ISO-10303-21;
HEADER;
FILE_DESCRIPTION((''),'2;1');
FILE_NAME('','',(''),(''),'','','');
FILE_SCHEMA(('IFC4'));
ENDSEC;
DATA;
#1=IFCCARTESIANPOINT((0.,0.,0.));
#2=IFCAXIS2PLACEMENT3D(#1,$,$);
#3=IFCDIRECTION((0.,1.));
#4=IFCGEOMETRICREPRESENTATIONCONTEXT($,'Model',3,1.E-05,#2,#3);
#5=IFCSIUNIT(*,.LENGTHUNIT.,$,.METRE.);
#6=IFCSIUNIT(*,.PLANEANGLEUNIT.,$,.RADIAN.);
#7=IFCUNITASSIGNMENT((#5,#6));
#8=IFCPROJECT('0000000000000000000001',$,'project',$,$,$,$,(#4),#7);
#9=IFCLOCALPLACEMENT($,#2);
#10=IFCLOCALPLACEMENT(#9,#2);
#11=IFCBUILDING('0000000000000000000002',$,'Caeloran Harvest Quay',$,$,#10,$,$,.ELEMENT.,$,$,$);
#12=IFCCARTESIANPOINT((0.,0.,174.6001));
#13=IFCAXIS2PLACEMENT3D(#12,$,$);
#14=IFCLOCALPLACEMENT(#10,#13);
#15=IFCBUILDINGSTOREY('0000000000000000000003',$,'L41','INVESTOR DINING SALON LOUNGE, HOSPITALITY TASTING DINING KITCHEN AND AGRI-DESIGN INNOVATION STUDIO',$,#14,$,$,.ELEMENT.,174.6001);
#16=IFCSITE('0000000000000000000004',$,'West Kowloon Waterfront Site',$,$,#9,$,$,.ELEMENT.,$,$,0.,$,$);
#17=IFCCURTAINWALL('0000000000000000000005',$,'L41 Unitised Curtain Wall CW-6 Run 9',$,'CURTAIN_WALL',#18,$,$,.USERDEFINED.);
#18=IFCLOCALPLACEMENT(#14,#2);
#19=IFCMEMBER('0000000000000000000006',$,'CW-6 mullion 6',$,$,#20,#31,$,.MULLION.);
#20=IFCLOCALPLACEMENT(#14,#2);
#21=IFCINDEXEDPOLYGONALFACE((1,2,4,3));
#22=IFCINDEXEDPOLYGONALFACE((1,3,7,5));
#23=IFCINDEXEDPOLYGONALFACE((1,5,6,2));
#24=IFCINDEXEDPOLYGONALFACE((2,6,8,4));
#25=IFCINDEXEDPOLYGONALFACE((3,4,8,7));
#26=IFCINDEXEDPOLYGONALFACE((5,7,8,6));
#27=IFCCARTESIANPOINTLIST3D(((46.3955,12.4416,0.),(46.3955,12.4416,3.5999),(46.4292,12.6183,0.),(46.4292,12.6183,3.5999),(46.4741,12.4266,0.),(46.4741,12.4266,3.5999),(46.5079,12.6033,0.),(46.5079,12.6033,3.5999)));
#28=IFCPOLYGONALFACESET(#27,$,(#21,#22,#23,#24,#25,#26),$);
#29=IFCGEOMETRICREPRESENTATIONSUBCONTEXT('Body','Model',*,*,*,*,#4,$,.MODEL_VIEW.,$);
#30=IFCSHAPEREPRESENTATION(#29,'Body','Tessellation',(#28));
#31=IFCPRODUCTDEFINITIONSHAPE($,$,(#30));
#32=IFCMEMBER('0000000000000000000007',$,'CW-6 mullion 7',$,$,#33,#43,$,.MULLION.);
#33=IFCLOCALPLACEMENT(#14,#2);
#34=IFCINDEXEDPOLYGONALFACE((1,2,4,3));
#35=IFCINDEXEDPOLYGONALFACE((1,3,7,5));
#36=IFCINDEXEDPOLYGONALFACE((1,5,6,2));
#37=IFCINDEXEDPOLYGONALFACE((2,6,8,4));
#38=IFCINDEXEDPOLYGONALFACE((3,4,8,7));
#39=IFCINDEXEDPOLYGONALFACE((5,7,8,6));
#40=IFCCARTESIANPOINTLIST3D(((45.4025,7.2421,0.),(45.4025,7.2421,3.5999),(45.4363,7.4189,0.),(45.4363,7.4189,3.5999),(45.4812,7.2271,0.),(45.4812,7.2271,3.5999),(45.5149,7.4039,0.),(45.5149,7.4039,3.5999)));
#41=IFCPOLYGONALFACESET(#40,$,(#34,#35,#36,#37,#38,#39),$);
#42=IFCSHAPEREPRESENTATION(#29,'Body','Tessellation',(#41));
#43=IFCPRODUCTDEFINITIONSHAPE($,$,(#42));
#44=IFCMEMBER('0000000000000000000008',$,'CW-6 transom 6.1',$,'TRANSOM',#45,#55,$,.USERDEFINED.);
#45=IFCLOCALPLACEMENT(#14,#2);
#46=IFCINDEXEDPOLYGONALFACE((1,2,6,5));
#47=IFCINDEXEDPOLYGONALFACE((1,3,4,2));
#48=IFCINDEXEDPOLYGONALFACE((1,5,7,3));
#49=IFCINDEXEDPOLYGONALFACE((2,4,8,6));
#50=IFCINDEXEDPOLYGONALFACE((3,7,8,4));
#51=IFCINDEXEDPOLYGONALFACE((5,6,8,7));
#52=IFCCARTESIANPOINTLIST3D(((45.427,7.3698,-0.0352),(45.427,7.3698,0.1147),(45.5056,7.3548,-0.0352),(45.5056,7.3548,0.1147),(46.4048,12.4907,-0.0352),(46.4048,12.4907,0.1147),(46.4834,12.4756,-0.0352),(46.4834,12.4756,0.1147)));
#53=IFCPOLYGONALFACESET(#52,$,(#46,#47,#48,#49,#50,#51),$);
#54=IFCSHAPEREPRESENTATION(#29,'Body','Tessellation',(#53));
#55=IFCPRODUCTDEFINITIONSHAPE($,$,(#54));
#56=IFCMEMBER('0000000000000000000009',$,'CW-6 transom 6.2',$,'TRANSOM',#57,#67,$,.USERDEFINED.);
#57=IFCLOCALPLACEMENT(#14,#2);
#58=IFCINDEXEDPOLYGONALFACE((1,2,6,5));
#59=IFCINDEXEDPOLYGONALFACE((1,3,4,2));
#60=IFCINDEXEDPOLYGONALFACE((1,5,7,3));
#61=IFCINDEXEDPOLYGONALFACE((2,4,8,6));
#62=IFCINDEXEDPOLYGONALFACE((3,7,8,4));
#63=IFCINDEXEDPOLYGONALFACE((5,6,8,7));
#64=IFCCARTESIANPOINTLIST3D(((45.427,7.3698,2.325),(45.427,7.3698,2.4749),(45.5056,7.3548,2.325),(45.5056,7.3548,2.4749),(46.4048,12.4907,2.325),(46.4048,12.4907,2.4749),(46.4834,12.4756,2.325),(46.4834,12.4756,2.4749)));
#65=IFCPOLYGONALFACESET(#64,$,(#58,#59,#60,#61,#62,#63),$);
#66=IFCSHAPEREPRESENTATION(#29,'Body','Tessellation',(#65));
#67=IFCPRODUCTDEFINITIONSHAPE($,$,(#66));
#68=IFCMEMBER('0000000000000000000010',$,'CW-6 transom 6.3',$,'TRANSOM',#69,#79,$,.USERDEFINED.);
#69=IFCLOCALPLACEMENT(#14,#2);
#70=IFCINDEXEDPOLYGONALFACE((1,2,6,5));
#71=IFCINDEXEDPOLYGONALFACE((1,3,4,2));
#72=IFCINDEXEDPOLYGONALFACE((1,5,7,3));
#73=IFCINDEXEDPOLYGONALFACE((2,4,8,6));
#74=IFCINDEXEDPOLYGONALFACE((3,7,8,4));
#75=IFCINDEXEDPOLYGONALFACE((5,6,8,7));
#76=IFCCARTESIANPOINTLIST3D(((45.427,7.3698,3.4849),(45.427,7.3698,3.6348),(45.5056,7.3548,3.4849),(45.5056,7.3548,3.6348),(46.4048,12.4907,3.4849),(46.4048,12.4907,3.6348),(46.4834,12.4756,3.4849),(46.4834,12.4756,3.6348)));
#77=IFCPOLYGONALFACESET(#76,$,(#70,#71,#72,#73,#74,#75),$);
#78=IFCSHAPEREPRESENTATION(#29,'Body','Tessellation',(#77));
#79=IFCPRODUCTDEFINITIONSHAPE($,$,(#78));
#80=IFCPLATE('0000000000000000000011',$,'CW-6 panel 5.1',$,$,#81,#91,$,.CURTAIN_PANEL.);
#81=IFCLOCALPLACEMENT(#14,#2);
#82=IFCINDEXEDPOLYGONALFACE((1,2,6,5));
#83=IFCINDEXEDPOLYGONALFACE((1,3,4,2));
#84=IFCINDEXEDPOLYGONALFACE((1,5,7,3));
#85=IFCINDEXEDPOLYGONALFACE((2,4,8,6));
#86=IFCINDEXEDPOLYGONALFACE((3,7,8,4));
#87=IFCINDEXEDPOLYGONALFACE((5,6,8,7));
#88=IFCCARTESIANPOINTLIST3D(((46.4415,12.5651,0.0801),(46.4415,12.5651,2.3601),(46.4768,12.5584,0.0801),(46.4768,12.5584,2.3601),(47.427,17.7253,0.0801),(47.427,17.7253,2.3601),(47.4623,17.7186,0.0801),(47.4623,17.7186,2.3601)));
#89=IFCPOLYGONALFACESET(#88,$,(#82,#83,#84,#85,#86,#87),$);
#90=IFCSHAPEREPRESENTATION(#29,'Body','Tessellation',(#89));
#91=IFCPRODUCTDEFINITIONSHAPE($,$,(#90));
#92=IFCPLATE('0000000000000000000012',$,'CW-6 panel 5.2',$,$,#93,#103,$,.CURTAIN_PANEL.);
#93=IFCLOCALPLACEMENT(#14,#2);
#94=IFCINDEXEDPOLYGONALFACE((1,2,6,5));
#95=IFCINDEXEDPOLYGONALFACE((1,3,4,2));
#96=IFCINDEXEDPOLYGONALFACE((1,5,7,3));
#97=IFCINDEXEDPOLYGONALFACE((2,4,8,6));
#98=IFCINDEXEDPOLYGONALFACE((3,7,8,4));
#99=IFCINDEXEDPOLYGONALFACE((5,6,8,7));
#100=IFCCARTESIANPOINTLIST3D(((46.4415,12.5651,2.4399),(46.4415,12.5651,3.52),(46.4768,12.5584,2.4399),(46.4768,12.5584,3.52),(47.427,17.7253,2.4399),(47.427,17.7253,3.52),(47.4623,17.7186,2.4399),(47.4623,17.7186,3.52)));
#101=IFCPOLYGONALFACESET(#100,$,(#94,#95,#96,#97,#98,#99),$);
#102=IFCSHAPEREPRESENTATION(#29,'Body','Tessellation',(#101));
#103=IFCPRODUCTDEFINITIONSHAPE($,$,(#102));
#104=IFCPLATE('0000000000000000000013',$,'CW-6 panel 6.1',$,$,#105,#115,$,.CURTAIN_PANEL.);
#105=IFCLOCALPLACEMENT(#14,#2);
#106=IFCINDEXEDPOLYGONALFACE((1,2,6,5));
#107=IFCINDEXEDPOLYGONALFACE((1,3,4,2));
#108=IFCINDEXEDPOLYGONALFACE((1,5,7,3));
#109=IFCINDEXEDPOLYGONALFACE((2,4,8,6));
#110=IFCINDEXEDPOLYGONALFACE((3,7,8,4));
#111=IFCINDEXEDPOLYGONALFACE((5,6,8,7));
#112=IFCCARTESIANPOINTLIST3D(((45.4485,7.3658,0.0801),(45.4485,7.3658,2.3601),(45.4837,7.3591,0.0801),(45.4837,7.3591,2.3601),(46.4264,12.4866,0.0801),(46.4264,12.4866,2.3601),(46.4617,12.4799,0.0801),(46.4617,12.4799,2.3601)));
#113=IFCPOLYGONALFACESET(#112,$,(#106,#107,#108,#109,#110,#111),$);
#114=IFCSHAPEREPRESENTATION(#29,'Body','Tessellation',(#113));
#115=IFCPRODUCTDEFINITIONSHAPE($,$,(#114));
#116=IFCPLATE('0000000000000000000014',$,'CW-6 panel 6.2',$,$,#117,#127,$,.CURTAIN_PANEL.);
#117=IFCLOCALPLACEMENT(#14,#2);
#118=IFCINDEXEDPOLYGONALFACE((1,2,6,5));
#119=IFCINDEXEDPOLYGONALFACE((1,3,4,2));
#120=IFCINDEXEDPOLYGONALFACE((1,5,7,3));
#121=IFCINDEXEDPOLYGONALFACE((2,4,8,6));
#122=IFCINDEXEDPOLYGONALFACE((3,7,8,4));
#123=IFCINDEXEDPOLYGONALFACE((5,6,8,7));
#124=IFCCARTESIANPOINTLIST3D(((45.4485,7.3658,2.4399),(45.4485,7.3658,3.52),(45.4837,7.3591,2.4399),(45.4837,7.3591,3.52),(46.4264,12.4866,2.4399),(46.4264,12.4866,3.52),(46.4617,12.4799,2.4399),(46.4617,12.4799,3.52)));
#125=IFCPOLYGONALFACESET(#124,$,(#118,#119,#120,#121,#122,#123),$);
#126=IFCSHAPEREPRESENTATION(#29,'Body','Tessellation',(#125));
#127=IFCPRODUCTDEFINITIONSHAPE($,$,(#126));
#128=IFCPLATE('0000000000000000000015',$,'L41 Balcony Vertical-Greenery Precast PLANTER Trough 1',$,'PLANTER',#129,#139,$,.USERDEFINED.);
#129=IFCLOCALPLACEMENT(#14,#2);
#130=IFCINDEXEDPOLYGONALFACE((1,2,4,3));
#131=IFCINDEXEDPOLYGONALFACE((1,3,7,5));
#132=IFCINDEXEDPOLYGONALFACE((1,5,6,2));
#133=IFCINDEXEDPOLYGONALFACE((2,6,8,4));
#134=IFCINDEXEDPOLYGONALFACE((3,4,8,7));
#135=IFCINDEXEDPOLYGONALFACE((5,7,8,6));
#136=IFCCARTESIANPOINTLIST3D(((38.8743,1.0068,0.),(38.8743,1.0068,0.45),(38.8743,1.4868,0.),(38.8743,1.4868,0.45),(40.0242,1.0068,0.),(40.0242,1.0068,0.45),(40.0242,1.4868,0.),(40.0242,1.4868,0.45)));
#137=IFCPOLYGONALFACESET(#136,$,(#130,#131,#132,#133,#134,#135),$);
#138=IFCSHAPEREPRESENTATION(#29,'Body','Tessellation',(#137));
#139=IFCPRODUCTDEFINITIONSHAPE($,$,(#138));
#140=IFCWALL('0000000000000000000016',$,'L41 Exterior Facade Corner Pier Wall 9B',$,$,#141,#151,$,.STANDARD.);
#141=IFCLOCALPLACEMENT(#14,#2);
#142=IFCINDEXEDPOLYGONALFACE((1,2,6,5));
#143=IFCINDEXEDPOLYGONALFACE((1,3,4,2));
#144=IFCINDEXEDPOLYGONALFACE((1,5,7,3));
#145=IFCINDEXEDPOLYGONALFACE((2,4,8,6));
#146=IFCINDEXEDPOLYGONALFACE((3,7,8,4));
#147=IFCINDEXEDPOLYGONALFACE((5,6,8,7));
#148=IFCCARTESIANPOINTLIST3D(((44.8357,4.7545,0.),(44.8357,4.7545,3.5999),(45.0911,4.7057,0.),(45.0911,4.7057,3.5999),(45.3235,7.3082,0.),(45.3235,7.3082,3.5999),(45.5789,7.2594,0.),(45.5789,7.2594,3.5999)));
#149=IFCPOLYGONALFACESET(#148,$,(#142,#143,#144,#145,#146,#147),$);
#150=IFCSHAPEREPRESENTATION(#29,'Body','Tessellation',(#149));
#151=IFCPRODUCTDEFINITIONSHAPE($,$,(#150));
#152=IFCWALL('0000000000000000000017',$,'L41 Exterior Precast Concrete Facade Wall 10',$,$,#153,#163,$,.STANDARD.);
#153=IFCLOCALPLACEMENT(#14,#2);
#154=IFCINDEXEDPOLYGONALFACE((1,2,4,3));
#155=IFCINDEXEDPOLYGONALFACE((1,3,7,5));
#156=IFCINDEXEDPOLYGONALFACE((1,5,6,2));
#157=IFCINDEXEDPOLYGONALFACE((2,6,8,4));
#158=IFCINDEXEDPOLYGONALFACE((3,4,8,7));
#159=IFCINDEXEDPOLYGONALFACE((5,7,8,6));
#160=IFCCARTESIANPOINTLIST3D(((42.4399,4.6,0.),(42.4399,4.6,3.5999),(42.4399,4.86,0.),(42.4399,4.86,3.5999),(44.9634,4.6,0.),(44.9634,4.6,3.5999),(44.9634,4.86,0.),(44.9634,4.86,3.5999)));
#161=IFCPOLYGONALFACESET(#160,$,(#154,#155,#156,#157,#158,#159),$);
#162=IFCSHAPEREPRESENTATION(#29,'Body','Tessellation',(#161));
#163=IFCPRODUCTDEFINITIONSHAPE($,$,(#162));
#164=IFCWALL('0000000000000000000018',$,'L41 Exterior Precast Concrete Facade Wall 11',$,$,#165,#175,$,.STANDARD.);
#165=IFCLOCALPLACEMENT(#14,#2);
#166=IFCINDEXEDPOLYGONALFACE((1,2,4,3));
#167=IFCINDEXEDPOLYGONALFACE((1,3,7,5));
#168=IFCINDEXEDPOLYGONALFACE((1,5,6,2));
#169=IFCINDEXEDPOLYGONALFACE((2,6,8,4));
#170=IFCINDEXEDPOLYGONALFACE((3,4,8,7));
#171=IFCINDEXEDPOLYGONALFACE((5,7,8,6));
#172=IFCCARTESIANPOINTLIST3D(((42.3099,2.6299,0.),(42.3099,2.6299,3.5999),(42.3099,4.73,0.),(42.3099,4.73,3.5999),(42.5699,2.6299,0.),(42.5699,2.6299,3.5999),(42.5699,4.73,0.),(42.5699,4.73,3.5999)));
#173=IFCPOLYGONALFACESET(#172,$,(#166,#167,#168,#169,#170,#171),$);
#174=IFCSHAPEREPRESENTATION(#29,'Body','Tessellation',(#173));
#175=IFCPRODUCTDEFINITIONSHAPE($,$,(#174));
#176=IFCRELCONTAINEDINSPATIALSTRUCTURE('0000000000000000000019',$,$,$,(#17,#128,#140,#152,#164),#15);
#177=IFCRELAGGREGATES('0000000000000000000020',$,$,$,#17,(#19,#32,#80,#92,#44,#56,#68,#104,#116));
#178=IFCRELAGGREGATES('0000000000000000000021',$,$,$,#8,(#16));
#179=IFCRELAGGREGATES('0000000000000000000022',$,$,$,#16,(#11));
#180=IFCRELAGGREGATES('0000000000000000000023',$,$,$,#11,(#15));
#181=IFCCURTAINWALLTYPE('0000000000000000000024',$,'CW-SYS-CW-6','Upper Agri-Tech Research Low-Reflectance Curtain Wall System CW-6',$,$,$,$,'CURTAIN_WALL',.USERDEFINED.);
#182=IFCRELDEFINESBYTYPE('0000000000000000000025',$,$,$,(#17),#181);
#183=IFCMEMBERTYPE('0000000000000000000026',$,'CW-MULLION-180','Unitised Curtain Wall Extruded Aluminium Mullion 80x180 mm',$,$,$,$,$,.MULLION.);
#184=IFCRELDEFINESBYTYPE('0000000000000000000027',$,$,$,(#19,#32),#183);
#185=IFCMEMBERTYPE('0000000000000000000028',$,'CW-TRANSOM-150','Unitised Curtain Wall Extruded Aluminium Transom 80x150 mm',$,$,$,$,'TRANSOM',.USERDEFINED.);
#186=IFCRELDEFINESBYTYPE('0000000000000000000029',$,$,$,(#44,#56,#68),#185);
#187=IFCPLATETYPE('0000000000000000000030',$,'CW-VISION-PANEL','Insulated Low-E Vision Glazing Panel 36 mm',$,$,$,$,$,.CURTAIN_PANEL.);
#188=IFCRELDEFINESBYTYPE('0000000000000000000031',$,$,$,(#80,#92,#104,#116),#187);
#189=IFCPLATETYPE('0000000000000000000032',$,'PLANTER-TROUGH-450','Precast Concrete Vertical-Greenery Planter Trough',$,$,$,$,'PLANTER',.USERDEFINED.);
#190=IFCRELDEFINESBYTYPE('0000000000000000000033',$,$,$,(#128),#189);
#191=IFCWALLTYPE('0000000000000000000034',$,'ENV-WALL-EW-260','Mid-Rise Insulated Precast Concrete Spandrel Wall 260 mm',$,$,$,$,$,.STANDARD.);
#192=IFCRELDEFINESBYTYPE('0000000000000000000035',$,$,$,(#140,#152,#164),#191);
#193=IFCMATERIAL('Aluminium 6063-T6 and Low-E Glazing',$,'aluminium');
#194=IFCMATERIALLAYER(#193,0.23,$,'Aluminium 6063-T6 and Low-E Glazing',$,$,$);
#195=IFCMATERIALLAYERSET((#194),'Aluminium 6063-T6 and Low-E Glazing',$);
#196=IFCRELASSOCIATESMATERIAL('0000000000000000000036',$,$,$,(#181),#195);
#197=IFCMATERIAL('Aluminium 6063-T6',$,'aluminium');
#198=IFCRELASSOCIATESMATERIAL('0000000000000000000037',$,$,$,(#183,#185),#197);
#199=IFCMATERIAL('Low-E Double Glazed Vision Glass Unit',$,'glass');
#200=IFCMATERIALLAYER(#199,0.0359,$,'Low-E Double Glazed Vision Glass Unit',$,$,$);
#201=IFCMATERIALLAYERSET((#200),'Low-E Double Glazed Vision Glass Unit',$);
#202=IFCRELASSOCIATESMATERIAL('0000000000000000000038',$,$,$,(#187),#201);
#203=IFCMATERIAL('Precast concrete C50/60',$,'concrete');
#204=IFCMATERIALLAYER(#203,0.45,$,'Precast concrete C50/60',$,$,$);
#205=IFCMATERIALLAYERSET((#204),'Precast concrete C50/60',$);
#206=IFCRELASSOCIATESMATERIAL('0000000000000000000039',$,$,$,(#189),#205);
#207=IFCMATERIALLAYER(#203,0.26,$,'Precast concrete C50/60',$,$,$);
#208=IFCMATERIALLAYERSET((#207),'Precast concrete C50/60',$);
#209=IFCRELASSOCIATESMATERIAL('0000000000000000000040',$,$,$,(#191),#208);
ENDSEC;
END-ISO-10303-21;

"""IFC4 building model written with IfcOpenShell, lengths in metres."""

from ifc_helpers import new_model, si_unit, direction, frame, frame_2d, origin, origin_2d, place, context, subcontext, project, spatial, rectangle, extrude, material, layer, layer_set, material_profile, profile_set, type_object, element, aggregate, save


model = new_model("IFC4")

# Units and contexts
model_context = context("Model", 3, precision=1e-05, world=origin(), true_north=direction((0.0, 1.0)))
body_context = subcontext(model_context, "Body", "Model", "MODEL_VIEW")
ifc_project = project(units=[si_unit("LENGTHUNIT", "METRE"), si_unit("PLANEANGLEUNIT", "RADIAN")], contexts=[model_context])

# Site, building, storey
site_placement = place(None, origin())
site = spatial("IfcSite", under=ifc_project, at=site_placement, Name="West Kowloon Waterfront Site", CompositionType="ELEMENT", RefElevation=0.0)
building_placement = place(site_placement, origin())
building = spatial("IfcBuilding", under=site, at=building_placement, Name="Caeloran Harvest Quay", CompositionType="ELEMENT")
storey_placement = place(building_placement, frame((0.0, 0.0, 174.6001)))
storey = spatial("IfcBuildingStorey", under=building, at=storey_placement, Name="L41", Description="INVESTOR DINING SALON LOUNGE, HOSPITALITY TASTING DINING KITCHEN AND AGRI-DESIGN INNOVATION STUDIO", CompositionType="ELEMENT", Elevation=174.6001)

# Curtain wall, members, plates
ifc_material_1 = material(Name="Aluminium 6063-T6 and Low-E Glazing", Category="aluminium")
ifc_layer_1 = layer(ifc_material_1, 0.23, Name="Aluminium 6063-T6 and Low-E Glazing")
ifc_layer_set_1 = layer_set([ifc_layer_1], Name="Aluminium 6063-T6 and Low-E Glazing")
curtain_wall_type = type_object("IfcCurtainWallType", Name="CW-SYS-CW-6", Description="Upper Agri-Tech Research Low-Reflectance Curtain Wall System CW-6", ElementType="CURTAIN_WALL", PredefinedType="USERDEFINED", material=ifc_layer_set_1)
curtain_wall_placement = place(storey_placement, origin())
curtain_wall = element("IfcCurtainWall", 1, at=curtain_wall_placement, inside=storey, type_object=curtain_wall_type, Name="L41 Unitised Curtain Wall CW-6 Run 9", ObjectType="CURTAIN_WALL", PredefinedType="USERDEFINED")
ifc_material_2 = material(Name="Aluminium 6063-T6", Category="aluminium")
ifc_material_profile_1 = material_profile(ifc_material_2, rectangle(XDim=0.0801, YDim=0.1799, at=origin_2d()), Name="CW-MULLION-180")
ifc_profile_set_1 = profile_set([ifc_material_profile_1], Name="Aluminium 6063-T6")
member_type_1 = type_object("IfcMemberType", Name="CW-MULLION-180", Description="Unitised Curtain Wall Extruded Aluminium Mullion 80x180 mm", PredefinedType="MULLION", material=ifc_profile_set_1)
member_1_placement = place(storey_placement, frame((46.4517, 12.5225, 0.0), z_axis=(0.0, 0.0, 1.0), x_axis=(0.982248, -0.187588, 0.0)))
member_1 = element("IfcMember", 2, at=member_1_placement, type_object=member_type_1, Name="CW-6 mullion 6", PredefinedType="MULLION", context=body_context, shape_type="SweptSolid", body=[
    extrude(rectangle(XDim=0.0801, YDim=0.1799, at=origin_2d()), origin(), (0.0, 0.0, 1.0), 3.5999),
])
member_2_placement = place(storey_placement, frame((45.4587, 7.323, 0.0), z_axis=(0.0, 0.0, 1.0), x_axis=(0.982248, -0.187588, 0.0)))
member_2 = element("IfcMember", 3, at=member_2_placement, type_object=member_type_1, Name="CW-6 mullion 7", PredefinedType="MULLION", context=body_context, shape_type="SweptSolid", body=[
    extrude(rectangle(XDim=0.0801, YDim=0.1799, at=origin_2d()), origin(), (0.0, 0.0, 1.0), 3.5999),
])
ifc_material_profile_2 = material_profile(ifc_material_2, rectangle(XDim=0.0801, YDim=0.1499, at=origin_2d()), Name="CW-TRANSOM-150")
ifc_profile_set_2 = profile_set([ifc_material_profile_2], Name="Aluminium 6063-T6")
member_type_2 = type_object("IfcMemberType", Name="CW-TRANSOM-150", Description="Unitised Curtain Wall Extruded Aluminium Transom 80x150 mm", ElementType="TRANSOM", PredefinedType="USERDEFINED", material=ifc_profile_set_2)
member_3_placement = place(storey_placement, frame((46.4441, 12.4832, 0.0398), z_axis=(-0.187553, -0.982254, 0.0), x_axis=(0.982254, -0.187553, 0.0)))
member_3 = element("IfcMember", 4, at=member_3_placement, type_object=member_type_2, Name="CW-6 transom 6.1", ObjectType="TRANSOM", PredefinedType="USERDEFINED", context=body_context, shape_type="SweptSolid", body=[
    extrude(rectangle(XDim=0.0801, YDim=0.1499, at=origin_2d()), origin(), (0.0, 0.0, 1.0), 5.2134),
])
member_4_placement = place(storey_placement, frame((46.4441, 12.4832, 2.3999), z_axis=(-0.187553, -0.982254, 0.0), x_axis=(0.982254, -0.187553, 0.0)))
member_4 = element("IfcMember", 5, at=member_4_placement, type_object=member_type_2, Name="CW-6 transom 6.2", ObjectType="TRANSOM", PredefinedType="USERDEFINED", context=body_context, shape_type="SweptSolid", body=[
    extrude(rectangle(XDim=0.0801, YDim=0.1499, at=origin_2d()), origin(), (0.0, 0.0, 1.0), 5.2134),
])
member_5_placement = place(storey_placement, frame((46.4441, 12.4832, 3.5598), z_axis=(-0.187553, -0.982254, 0.0), x_axis=(0.982254, -0.187553, 0.0)))
member_5 = element("IfcMember", 6, at=member_5_placement, type_object=member_type_2, Name="CW-6 transom 6.3", ObjectType="TRANSOM", PredefinedType="USERDEFINED", context=body_context, shape_type="SweptSolid", body=[
    extrude(rectangle(XDim=0.0801, YDim=0.1499, at=origin_2d()), origin(), (0.0, 0.0, 1.0), 5.2134),
])
ifc_material_3 = material(Name="Low-E Double Glazed Vision Glass Unit", Category="glass")
ifc_layer_2 = layer(ifc_material_3, 0.0359, Name="Low-E Double Glazed Vision Glass Unit")
ifc_layer_set_2 = layer_set([ifc_layer_2], Name="Low-E Double Glazed Vision Glass Unit")
plate_type_1 = type_object("IfcPlateType", Name="CW-VISION-PANEL", Description="Insulated Low-E Vision Glazing Panel 36 mm", PredefinedType="CURTAIN_PANEL", material=ifc_layer_set_2)
plate_1_placement = place(storey_placement, frame((46.9519, 15.1418, 0.0801), z_axis=(0.0, 0.0, 1.0), x_axis=(-0.187588, -0.982248, 0.0)))
plate_1 = element("IfcPlate", 7, at=plate_1_placement, type_object=plate_type_1, Name="CW-6 panel 5.1", PredefinedType="CURTAIN_PANEL", context=body_context, shape_type="SweptSolid", body=[
    extrude(rectangle(XDim=5.2534, YDim=0.0359, at=origin_2d()), origin(), (0.0, 0.0, 1.0), 2.28),
])
plate_2_placement = place(storey_placement, frame((46.9519, 15.1418, 2.4399), z_axis=(0.0, 0.0, 1.0), x_axis=(-0.187588, -0.982248, 0.0)))
plate_2 = element("IfcPlate", 8, at=plate_2_placement, type_object=plate_type_1, Name="CW-6 panel 5.2", PredefinedType="CURTAIN_PANEL", context=body_context, shape_type="SweptSolid", body=[
    extrude(rectangle(XDim=5.2534, YDim=0.0359, at=origin_2d()), origin(), (0.0, 0.0, 1.0), 1.0801),
])
plate_3_placement = place(storey_placement, frame((45.9551, 9.9229, 0.0801), z_axis=(0.0, 0.0, 1.0), x_axis=(-0.187588, -0.982248, 0.0)))
plate_3 = element("IfcPlate", 9, at=plate_3_placement, type_object=plate_type_1, Name="CW-6 panel 6.1", PredefinedType="CURTAIN_PANEL", context=body_context, shape_type="SweptSolid", body=[
    extrude(rectangle(XDim=5.2134, YDim=0.0359, at=origin_2d()), origin(), (0.0, 0.0, 1.0), 2.28),
])
plate_4_placement = place(storey_placement, frame((45.9551, 9.9229, 2.4399), z_axis=(0.0, 0.0, 1.0), x_axis=(-0.187588, -0.982248, 0.0)))
plate_4 = element("IfcPlate", 10, at=plate_4_placement, type_object=plate_type_1, Name="CW-6 panel 6.2", PredefinedType="CURTAIN_PANEL", context=body_context, shape_type="SweptSolid", body=[
    extrude(rectangle(XDim=5.2134, YDim=0.0359, at=origin_2d()), origin(), (0.0, 0.0, 1.0), 1.0801),
])
aggregate(curtain_wall, [member_1, member_2, plate_1, plate_2, member_3, member_4, member_5, plate_3, plate_4])

# Plate
ifc_material_4 = material(Name="Precast concrete C50/60", Category="concrete")
ifc_layer_3 = layer(ifc_material_4, 0.45, Name="Precast concrete C50/60")
ifc_layer_set_3 = layer_set([ifc_layer_3], Name="Precast concrete C50/60")
plate_type_2 = type_object("IfcPlateType", Name="PLANTER-TROUGH-450", Description="Precast Concrete Vertical-Greenery Planter Trough", ElementType="PLANTER", PredefinedType="USERDEFINED", material=ifc_layer_set_3)
plate_5_placement = place(storey_placement, frame((39.4492, 1.2468, 0.0), z_axis=(0.0, 0.0, 1.0), x_axis=(1.0, 0.0, 0.0)))
element("IfcPlate", 11, at=plate_5_placement, inside=storey, type_object=plate_type_2, Name="L41 Balcony Vertical-Greenery Precast PLANTER Trough 1", ObjectType="PLANTER", PredefinedType="USERDEFINED", context=body_context, shape_type="SweptSolid", body=[
    extrude(rectangle(XDim=1.1499, YDim=0.48, at=origin_2d()), origin(), (0.0, 0.0, 1.0), 0.45),
])

# Walls
ifc_layer_4 = layer(ifc_material_4, 0.26, Name="Precast concrete C50/60")
ifc_layer_set_4 = layer_set([ifc_layer_4], Name="Precast concrete C50/60")
wall_type_1 = type_object("IfcWallType", Name="ENV-WALL-EW-260", Description="Mid-Rise Insulated Precast Concrete Spandrel Wall 260 mm", PredefinedType="STANDARD", material=ifc_layer_set_4)
wall_1_placement = place(storey_placement, frame((45.4512, 7.2837, 0.0), z_axis=(0.0, 0.0, 1.0), x_axis=(-0.187621, -0.982241, 0.0)))
element("IfcWall", 12, at=wall_1_placement, inside=storey, type_object=wall_type_1, Name="L41 Exterior Facade Corner Pier Wall 9B", PredefinedType="STANDARD", context=body_context, shape_type="SweptSolid", body=[
    extrude(rectangle(XDim=2.5999, YDim=0.26, at=frame_2d((1.2998, 0.0))), origin(), (0.0, 0.0, 1.0), 3.5999),
])
wall_2_placement = place(storey_placement, frame((44.9634, 4.73, 0.0), z_axis=(0.0, 0.0, 1.0), x_axis=(-1.0, 0.0, 0.0)))
element("IfcWall", 13, at=wall_2_placement, inside=storey, type_object=wall_type_1, Name="L41 Exterior Precast Concrete Facade Wall 10", PredefinedType="STANDARD", context=body_context, shape_type="SweptSolid", body=[
    extrude(rectangle(XDim=2.5234, YDim=0.26, at=frame_2d((1.2617, 0.0))), origin(), (0.0, 0.0, 1.0), 3.5999),
])
wall_3_placement = place(storey_placement, frame((42.4399, 4.73, 0.0), z_axis=(0.0, 0.0, 1.0), x_axis=(0.0, -1.0, 0.0)))
element("IfcWall", 14, at=wall_3_placement, inside=storey, type_object=wall_type_1, Name="L41 Exterior Precast Concrete Facade Wall 11", PredefinedType="STANDARD", context=body_context, shape_type="SweptSolid", body=[
    extrude(rectangle(XDim=2.1001, YDim=0.26, at=frame_2d((1.05, 0.0))), origin(), (0.0, 0.0, 1.0), 3.5999),
])

save(model, "model.ifc")
